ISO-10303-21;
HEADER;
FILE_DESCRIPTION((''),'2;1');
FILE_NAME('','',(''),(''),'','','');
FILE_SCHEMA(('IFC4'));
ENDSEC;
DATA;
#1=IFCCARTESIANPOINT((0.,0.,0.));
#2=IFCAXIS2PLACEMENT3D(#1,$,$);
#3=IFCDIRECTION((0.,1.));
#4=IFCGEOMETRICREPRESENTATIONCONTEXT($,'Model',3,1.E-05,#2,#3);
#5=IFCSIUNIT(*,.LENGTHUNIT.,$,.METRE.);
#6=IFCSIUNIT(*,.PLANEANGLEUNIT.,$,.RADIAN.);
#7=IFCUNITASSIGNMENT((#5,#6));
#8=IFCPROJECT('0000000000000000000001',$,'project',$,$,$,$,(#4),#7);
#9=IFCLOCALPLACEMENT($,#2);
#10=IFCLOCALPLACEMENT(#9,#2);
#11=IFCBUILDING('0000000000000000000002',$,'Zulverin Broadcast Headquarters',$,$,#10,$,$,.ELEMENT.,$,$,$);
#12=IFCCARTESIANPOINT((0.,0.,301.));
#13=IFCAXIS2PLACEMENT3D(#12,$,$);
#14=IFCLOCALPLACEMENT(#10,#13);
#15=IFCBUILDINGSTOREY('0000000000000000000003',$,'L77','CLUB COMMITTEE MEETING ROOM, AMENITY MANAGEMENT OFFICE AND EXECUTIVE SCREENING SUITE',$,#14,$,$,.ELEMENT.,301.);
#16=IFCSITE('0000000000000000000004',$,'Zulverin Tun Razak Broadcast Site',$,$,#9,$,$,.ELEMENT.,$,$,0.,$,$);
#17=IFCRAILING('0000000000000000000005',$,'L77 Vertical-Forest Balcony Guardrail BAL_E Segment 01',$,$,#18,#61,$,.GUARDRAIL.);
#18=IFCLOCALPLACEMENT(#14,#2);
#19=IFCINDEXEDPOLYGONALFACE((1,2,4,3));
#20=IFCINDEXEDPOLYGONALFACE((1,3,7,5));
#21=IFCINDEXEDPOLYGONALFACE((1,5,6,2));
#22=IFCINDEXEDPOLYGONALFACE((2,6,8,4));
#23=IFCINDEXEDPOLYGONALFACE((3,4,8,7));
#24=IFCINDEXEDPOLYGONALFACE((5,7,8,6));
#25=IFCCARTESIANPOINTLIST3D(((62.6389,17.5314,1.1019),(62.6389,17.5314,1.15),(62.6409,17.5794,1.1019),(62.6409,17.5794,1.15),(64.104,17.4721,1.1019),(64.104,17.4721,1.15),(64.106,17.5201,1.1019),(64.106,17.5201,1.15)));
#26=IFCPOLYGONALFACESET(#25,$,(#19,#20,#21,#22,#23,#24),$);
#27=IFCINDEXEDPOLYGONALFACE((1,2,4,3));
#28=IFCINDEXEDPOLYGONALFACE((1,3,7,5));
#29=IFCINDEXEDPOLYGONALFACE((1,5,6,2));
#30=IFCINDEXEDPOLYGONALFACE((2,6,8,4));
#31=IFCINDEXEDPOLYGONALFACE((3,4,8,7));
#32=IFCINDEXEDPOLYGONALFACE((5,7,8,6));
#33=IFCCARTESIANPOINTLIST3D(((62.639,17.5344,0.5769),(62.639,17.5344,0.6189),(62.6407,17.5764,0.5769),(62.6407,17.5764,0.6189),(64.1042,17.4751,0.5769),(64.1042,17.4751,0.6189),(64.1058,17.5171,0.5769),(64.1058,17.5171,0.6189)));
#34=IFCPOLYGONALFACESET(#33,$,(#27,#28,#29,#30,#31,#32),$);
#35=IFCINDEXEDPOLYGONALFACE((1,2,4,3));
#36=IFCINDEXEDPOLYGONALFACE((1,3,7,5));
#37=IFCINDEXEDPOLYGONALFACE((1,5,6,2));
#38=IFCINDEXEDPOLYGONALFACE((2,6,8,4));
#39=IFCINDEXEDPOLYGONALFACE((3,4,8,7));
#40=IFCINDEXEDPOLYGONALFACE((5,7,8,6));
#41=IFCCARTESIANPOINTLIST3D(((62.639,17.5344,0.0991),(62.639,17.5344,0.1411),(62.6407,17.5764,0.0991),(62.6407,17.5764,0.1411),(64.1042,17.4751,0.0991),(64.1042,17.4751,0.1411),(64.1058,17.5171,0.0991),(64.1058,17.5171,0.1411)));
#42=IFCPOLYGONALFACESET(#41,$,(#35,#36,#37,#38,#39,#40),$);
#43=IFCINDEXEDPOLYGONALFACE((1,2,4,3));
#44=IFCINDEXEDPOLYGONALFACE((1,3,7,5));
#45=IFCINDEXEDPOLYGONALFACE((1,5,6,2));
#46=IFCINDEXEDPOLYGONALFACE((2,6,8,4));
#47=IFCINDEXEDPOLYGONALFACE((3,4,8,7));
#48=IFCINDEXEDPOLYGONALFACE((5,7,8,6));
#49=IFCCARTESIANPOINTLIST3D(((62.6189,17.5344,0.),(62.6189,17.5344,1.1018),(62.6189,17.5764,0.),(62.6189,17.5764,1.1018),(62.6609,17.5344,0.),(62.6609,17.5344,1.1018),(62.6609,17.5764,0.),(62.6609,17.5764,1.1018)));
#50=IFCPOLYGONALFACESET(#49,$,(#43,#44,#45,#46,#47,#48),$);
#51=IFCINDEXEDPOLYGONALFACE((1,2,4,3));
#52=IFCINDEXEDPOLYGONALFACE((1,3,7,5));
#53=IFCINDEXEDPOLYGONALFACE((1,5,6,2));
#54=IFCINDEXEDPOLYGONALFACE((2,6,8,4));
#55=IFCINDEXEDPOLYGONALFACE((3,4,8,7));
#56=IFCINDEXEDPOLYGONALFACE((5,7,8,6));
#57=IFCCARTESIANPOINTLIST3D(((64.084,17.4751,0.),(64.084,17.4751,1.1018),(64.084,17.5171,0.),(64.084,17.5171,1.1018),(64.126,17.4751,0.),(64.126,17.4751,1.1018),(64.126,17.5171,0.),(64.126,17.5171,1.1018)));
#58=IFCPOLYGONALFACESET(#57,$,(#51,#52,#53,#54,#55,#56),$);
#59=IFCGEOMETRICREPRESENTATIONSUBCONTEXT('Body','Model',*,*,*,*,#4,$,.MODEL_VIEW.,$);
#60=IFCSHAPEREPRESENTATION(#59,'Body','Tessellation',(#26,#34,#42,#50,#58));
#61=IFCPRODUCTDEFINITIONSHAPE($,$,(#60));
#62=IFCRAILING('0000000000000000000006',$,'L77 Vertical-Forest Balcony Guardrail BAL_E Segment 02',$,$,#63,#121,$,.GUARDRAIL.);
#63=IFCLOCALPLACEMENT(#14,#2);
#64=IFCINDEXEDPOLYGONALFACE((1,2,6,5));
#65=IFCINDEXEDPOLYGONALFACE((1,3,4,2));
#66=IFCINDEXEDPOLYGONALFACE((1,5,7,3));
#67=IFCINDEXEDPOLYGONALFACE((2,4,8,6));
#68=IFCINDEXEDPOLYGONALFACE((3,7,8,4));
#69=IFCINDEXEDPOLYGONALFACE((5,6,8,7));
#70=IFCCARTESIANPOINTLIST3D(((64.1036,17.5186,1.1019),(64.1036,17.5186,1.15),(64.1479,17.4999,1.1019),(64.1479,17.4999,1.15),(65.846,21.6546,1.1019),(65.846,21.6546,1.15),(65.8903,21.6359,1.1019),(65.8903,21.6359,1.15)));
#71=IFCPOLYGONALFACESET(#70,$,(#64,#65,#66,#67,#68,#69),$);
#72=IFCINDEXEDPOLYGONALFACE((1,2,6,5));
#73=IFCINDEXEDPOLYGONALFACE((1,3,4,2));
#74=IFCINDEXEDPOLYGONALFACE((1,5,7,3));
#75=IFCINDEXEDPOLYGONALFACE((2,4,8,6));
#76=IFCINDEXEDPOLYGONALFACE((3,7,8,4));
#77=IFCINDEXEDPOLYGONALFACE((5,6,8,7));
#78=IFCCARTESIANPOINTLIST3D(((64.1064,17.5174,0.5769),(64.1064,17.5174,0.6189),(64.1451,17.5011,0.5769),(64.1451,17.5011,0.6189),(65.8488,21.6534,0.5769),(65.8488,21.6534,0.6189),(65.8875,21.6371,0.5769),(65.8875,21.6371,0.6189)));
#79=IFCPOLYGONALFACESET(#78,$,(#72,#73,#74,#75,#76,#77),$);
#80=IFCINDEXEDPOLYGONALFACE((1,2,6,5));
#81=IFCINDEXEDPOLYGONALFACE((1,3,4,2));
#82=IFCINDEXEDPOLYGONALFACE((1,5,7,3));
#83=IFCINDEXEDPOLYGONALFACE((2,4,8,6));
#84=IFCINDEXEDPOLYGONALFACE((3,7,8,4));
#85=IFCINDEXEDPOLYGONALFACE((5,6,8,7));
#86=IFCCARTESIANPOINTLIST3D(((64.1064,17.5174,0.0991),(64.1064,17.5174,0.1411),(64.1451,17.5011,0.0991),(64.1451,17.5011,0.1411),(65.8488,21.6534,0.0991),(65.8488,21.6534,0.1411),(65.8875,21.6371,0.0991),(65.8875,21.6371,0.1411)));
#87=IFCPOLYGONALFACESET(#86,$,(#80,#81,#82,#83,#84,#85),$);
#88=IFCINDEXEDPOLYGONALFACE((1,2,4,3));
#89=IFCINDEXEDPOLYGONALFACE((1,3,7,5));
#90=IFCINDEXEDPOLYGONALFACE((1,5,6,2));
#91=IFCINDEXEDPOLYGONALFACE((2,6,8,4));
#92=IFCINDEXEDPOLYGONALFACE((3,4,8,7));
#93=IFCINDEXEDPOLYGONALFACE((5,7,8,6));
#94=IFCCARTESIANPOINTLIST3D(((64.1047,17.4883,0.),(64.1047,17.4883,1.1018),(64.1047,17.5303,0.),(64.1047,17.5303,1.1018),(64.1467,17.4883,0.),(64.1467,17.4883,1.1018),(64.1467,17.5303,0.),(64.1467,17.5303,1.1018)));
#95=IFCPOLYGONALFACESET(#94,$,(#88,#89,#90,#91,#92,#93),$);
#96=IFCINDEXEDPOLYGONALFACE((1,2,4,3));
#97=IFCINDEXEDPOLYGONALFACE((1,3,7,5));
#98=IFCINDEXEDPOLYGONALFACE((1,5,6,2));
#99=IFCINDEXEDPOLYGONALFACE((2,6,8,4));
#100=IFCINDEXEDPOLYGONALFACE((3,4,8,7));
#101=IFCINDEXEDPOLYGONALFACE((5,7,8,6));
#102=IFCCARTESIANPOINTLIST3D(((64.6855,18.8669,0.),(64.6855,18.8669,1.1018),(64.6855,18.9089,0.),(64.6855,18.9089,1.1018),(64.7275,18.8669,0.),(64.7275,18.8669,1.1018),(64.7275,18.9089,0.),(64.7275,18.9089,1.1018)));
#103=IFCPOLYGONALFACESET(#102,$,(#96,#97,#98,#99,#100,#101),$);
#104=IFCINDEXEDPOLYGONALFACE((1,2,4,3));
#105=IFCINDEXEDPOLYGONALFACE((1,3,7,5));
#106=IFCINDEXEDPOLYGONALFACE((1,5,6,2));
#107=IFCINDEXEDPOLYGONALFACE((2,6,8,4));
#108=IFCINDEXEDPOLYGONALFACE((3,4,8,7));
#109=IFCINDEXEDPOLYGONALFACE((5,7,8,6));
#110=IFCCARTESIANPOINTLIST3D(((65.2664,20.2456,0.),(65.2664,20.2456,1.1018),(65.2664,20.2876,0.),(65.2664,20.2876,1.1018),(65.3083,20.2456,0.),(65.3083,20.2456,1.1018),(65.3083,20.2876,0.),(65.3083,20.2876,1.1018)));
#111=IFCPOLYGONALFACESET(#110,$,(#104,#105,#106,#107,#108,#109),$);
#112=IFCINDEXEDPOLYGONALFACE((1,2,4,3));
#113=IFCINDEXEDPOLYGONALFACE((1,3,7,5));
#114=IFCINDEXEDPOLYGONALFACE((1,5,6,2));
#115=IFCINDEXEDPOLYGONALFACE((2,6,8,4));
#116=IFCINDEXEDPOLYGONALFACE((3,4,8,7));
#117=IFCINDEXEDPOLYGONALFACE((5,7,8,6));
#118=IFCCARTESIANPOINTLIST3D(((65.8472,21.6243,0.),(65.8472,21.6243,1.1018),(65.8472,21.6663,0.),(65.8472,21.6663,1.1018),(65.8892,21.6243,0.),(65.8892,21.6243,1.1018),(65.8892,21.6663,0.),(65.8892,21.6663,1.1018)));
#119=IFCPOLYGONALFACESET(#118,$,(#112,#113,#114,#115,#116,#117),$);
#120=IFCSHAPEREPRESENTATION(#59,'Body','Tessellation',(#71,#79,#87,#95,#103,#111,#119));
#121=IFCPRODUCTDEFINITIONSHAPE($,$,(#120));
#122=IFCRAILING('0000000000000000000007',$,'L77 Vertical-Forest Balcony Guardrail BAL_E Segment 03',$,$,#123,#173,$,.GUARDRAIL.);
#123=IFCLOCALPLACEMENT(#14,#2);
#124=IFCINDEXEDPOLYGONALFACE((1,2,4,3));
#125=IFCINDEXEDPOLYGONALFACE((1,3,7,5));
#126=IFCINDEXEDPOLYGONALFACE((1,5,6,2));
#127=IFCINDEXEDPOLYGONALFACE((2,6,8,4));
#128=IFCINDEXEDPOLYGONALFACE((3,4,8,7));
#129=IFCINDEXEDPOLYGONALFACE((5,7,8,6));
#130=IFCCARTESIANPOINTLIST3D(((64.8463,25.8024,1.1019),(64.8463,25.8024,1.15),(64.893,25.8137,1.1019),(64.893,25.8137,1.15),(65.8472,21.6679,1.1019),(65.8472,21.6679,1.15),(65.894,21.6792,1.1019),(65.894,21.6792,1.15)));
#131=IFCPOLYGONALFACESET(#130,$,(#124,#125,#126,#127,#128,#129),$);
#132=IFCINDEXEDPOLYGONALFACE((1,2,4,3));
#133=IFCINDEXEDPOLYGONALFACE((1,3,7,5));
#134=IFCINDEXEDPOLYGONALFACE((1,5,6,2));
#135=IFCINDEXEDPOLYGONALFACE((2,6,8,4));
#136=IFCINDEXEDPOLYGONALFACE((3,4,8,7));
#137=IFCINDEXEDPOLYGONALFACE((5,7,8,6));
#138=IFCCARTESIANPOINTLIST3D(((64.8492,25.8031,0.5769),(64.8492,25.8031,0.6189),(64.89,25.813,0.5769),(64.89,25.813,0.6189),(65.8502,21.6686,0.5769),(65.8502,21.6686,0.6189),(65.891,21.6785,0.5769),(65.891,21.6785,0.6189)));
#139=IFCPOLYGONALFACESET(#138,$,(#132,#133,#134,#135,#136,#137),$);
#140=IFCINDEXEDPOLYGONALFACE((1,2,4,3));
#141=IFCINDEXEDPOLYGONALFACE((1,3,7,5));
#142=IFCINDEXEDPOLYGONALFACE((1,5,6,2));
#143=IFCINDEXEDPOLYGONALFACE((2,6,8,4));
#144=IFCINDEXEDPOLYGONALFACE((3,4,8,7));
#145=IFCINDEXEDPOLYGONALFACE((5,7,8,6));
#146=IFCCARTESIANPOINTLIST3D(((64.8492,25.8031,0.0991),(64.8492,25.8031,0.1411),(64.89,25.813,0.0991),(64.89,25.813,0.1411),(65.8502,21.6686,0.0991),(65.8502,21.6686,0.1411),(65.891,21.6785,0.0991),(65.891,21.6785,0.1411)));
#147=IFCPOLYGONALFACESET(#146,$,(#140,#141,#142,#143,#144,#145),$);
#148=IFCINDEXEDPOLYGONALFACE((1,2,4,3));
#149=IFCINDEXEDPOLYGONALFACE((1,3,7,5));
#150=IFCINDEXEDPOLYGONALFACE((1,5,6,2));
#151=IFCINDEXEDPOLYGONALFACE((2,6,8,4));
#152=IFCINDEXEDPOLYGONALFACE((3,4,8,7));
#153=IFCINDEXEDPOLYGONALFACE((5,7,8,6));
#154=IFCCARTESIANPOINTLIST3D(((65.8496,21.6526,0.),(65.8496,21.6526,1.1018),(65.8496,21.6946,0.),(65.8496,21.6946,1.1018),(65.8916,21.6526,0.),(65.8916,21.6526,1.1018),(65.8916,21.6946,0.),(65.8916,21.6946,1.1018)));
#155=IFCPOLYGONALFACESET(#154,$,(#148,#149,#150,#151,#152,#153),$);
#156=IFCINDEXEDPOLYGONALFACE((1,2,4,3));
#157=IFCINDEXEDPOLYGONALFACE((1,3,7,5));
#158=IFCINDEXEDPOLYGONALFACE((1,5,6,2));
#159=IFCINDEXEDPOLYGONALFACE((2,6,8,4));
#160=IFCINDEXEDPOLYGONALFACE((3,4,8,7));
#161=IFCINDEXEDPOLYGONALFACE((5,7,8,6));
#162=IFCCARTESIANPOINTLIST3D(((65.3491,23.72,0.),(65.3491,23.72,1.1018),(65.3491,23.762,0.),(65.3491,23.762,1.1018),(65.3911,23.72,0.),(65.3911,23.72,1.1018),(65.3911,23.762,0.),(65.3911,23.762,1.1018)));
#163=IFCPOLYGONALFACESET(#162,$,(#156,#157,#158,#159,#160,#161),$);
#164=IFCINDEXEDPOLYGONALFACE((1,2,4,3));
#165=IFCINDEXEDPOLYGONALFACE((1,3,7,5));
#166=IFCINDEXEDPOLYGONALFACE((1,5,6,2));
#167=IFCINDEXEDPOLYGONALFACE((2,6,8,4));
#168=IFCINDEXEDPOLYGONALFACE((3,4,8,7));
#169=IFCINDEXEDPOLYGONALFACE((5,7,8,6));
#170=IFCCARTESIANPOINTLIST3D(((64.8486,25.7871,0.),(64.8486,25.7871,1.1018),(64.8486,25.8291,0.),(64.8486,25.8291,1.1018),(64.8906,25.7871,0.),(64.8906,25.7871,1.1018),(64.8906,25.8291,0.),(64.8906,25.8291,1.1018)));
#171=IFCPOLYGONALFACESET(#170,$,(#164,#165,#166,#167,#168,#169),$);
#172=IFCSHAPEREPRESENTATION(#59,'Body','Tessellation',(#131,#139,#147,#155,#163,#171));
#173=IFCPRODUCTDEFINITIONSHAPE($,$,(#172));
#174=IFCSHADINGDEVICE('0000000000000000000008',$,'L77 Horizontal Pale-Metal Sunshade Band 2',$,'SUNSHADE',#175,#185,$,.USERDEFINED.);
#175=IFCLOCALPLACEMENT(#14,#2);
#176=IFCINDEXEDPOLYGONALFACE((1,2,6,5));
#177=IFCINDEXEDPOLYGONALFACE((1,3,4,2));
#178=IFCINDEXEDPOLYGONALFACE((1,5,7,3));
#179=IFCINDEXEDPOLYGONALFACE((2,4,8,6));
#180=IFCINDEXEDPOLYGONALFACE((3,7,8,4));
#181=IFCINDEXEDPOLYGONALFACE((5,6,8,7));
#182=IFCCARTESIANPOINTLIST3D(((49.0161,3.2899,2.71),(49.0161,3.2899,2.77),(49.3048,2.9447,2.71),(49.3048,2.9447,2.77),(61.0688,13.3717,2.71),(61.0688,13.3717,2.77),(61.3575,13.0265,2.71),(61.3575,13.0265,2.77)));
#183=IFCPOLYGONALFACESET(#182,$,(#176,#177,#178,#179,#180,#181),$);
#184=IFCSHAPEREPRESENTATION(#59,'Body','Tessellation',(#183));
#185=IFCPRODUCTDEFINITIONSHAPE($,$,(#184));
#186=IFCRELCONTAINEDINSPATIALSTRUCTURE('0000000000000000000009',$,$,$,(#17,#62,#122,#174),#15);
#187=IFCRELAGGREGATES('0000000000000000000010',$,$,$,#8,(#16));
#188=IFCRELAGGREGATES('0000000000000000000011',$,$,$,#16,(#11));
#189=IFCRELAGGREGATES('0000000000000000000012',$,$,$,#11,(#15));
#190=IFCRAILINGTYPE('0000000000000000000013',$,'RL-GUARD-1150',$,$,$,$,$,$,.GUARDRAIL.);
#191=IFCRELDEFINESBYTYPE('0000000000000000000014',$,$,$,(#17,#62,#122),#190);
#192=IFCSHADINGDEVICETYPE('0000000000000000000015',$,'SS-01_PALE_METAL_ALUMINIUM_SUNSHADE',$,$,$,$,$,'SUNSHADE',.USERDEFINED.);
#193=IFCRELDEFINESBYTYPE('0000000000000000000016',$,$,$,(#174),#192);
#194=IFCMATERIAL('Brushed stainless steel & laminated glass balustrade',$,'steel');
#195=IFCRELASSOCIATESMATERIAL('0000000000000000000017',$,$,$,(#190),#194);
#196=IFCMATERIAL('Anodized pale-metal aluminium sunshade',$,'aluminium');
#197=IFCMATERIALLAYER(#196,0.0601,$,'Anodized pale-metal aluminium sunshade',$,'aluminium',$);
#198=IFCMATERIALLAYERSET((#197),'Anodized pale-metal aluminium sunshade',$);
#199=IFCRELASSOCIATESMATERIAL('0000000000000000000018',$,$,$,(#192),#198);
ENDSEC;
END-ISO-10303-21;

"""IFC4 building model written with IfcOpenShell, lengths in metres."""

from ifc_helpers import new_model, si_unit, direction, frame, origin, origin_2d, place, context, subcontext, project, spatial, rectangle, extrude, material, layer, layer_set, type_object, element, save


model = new_model("IFC4")

# Units and contexts
model_context = context("Model", 3, precision=1e-05, world=origin(), true_north=direction((0.0, 1.0)))
body_context = subcontext(model_context, "Body", "Model", "MODEL_VIEW")
ifc_project = project(units=[si_unit("LENGTHUNIT", "METRE"), si_unit("PLANEANGLEUNIT", "RADIAN")], contexts=[model_context])

# Site, building, storey
site_placement = place(None, origin())
site = spatial("IfcSite", under=ifc_project, at=site_placement, Name="Zulverin Tun Razak Broadcast Site", CompositionType="ELEMENT", RefElevation=0.0)
building_placement = place(site_placement, origin())
building = spatial("IfcBuilding", under=site, at=building_placement, Name="Zulverin Broadcast Headquarters", CompositionType="ELEMENT")
storey_placement = place(building_placement, frame((0.0, 0.0, 301.0)))
storey = spatial("IfcBuildingStorey", under=building, at=storey_placement, Name="L77", Description="CLUB COMMITTEE MEETING ROOM, AMENITY MANAGEMENT OFFICE AND EXECUTIVE SCREENING SUITE", CompositionType="ELEMENT", Elevation=301.0)

# Railings
ifc_material_1 = material(Name="Brushed stainless steel & laminated glass balustrade", Category="steel")
railing_type = type_object("IfcRailingType", Name="RL-GUARD-1150", PredefinedType="GUARDRAIL", material=ifc_material_1)
railing_1_placement = place(storey_placement, frame((62.6399, 17.5554, 0.0)))
element("IfcRailing", 1, at=railing_1_placement, inside=storey, type_object=railing_type, Name="L77 Vertical-Forest Balcony Guardrail BAL_E Segment 01", PredefinedType="GUARDRAIL", context=body_context, shape_type="SweptSolid", body=[
    extrude(rectangle(XDim=0.0481, YDim=0.0481, at=origin_2d()), frame((0.0, 0.0, 1.126), z_axis=(0.999181, -0.04046, 0.0), x_axis=(0.04046, 0.999181, 0.0)), (0.0, 0.0, 1.0), 1.4663),
    extrude(rectangle(XDim=0.042, YDim=0.042, at=origin_2d()), frame((0.0, 0.0, 0.5979), z_axis=(0.999181, -0.04046, 0.0), x_axis=(0.04046, 0.999181, 0.0)), (0.0, 0.0, 1.0), 1.4663),
    extrude(rectangle(XDim=0.042, YDim=0.042, at=origin_2d()), frame((0.0, 0.0, 0.1201), z_axis=(0.999181, -0.04046, 0.0), x_axis=(0.04046, 0.999181, 0.0)), (0.0, 0.0, 1.0), 1.4663),
    extrude(rectangle(XDim=0.042, YDim=0.042, at=origin_2d()), origin(), (0.0, 0.0, 1.0), 1.1018),
    extrude(rectangle(XDim=0.042, YDim=0.042, at=origin_2d()), frame((1.4651, -0.0593, 0.0)), (0.0, 0.0, 1.0), 1.1018),
])
railing_2_placement = place(storey_placement, frame((64.1257, 17.5093, 0.0)))
element("IfcRailing", 2, at=railing_2_placement, inside=storey, type_object=railing_type, Name="L77 Vertical-Forest Balcony Guardrail BAL_E Segment 02", PredefinedType="GUARDRAIL", context=body_context, shape_type="SweptSolid", body=[
    extrude(rectangle(XDim=0.0481, YDim=0.0481, at=origin_2d()), frame((0.0, 0.0, 1.126), z_axis=(0.388239, 0.921559, 0.0), x_axis=(-0.921559, 0.388239, 0.0)), (0.0, 0.0, 1.0), 4.488),
    extrude(rectangle(XDim=0.042, YDim=0.042, at=origin_2d()), frame((0.0, 0.0, 0.5979), z_axis=(0.388239, 0.921559, 0.0), x_axis=(-0.921559, 0.388239, 0.0)), (0.0, 0.0, 1.0), 4.488),
    extrude(rectangle(XDim=0.042, YDim=0.042, at=origin_2d()), frame((0.0, 0.0, 0.1201), z_axis=(0.388239, 0.921559, 0.0), x_axis=(-0.921559, 0.388239, 0.0)), (0.0, 0.0, 1.0), 4.488),
    extrude(rectangle(XDim=0.042, YDim=0.042, at=origin_2d()), origin(), (0.0, 0.0, 1.0), 1.1018),
    extrude(rectangle(XDim=0.042, YDim=0.042, at=origin_2d()), frame((0.5808, 1.3787, 0.0)), (0.0, 0.0, 1.0), 1.1018),
    extrude(rectangle(XDim=0.042, YDim=0.042, at=origin_2d()), frame((1.1616, 2.7573, 0.0)), (0.0, 0.0, 1.0), 1.1018),
    extrude(rectangle(XDim=0.042, YDim=0.042, at=origin_2d()), frame((1.7424, 4.136, 0.0)), (0.0, 0.0, 1.0), 1.1018),
])
railing_3_placement = place(storey_placement, frame((65.8706, 21.6736, 0.0)))
element("IfcRailing", 3, at=railing_3_placement, inside=storey, type_object=railing_type, Name="L77 Vertical-Forest Balcony Guardrail BAL_E Segment 03", PredefinedType="GUARDRAIL", context=body_context, shape_type="SweptSolid", body=[
    extrude(rectangle(XDim=0.0481, YDim=0.0481, at=origin_2d()), frame((0.0, 0.0, 1.126), z_axis=(-0.235304, 0.971922, 0.0), x_axis=(-0.971922, -0.235304, 0.0)), (0.0, 0.0, 1.0), 4.2539),
    extrude(rectangle(XDim=0.042, YDim=0.042, at=origin_2d()), frame((0.0, 0.0, 0.5979), z_axis=(-0.235304, 0.971922, 0.0), x_axis=(-0.971922, -0.235304, 0.0)), (0.0, 0.0, 1.0), 4.2539),
    extrude(rectangle(XDim=0.042, YDim=0.042, at=origin_2d()), frame((0.0, 0.0, 0.1201), z_axis=(-0.235304, 0.971922, 0.0), x_axis=(-0.971922, -0.235304, 0.0)), (0.0, 0.0, 1.0), 4.2539),
    extrude(rectangle(XDim=0.042, YDim=0.042, at=origin_2d()), origin(), (0.0, 0.0, 1.0), 1.1018),
    extrude(rectangle(XDim=0.042, YDim=0.042, at=origin_2d()), frame((-0.5005, 2.0674, 0.0)), (0.0, 0.0, 1.0), 1.1018),
    extrude(rectangle(XDim=0.042, YDim=0.042, at=origin_2d()), frame((-1.001, 4.1345, 0.0)), (0.0, 0.0, 1.0), 1.1018),
])

# Shading device
ifc_material_2 = material(Name="Anodized pale-metal aluminium sunshade", Category="aluminium")
ifc_layer_1 = layer(ifc_material_2, 0.0601, Name="Anodized pale-metal aluminium sunshade", Category="aluminium")
ifc_layer_set_1 = layer_set([ifc_layer_1], Name="Anodized pale-metal aluminium sunshade")
shading_device_type = type_object("IfcShadingDeviceType", Name="SS-01_PALE_METAL_ALUMINIUM_SUNSHADE", ElementType="SUNSHADE", PredefinedType="USERDEFINED", material=ifc_layer_set_1)
shading_device_placement = place(storey_placement, frame((55.1868, 8.1582, 2.71), z_axis=(0.0, 0.0, 1.0), x_axis=(0.767035, 0.641605, 0.0)))
element("IfcShadingDevice", 4, at=shading_device_placement, inside=storey, type_object=shading_device_type, Name="L77 Horizontal Pale-Metal Sunshade Band 2", ObjectType="SUNSHADE", PredefinedType="USERDEFINED", context=body_context, shape_type="SweptSolid", body=[
    extrude(rectangle(XDim=15.7134, YDim=0.45, at=origin_2d()), origin(), (0.0, 0.0, 1.0), 0.0601),
])

save(model, "model.ifc")
